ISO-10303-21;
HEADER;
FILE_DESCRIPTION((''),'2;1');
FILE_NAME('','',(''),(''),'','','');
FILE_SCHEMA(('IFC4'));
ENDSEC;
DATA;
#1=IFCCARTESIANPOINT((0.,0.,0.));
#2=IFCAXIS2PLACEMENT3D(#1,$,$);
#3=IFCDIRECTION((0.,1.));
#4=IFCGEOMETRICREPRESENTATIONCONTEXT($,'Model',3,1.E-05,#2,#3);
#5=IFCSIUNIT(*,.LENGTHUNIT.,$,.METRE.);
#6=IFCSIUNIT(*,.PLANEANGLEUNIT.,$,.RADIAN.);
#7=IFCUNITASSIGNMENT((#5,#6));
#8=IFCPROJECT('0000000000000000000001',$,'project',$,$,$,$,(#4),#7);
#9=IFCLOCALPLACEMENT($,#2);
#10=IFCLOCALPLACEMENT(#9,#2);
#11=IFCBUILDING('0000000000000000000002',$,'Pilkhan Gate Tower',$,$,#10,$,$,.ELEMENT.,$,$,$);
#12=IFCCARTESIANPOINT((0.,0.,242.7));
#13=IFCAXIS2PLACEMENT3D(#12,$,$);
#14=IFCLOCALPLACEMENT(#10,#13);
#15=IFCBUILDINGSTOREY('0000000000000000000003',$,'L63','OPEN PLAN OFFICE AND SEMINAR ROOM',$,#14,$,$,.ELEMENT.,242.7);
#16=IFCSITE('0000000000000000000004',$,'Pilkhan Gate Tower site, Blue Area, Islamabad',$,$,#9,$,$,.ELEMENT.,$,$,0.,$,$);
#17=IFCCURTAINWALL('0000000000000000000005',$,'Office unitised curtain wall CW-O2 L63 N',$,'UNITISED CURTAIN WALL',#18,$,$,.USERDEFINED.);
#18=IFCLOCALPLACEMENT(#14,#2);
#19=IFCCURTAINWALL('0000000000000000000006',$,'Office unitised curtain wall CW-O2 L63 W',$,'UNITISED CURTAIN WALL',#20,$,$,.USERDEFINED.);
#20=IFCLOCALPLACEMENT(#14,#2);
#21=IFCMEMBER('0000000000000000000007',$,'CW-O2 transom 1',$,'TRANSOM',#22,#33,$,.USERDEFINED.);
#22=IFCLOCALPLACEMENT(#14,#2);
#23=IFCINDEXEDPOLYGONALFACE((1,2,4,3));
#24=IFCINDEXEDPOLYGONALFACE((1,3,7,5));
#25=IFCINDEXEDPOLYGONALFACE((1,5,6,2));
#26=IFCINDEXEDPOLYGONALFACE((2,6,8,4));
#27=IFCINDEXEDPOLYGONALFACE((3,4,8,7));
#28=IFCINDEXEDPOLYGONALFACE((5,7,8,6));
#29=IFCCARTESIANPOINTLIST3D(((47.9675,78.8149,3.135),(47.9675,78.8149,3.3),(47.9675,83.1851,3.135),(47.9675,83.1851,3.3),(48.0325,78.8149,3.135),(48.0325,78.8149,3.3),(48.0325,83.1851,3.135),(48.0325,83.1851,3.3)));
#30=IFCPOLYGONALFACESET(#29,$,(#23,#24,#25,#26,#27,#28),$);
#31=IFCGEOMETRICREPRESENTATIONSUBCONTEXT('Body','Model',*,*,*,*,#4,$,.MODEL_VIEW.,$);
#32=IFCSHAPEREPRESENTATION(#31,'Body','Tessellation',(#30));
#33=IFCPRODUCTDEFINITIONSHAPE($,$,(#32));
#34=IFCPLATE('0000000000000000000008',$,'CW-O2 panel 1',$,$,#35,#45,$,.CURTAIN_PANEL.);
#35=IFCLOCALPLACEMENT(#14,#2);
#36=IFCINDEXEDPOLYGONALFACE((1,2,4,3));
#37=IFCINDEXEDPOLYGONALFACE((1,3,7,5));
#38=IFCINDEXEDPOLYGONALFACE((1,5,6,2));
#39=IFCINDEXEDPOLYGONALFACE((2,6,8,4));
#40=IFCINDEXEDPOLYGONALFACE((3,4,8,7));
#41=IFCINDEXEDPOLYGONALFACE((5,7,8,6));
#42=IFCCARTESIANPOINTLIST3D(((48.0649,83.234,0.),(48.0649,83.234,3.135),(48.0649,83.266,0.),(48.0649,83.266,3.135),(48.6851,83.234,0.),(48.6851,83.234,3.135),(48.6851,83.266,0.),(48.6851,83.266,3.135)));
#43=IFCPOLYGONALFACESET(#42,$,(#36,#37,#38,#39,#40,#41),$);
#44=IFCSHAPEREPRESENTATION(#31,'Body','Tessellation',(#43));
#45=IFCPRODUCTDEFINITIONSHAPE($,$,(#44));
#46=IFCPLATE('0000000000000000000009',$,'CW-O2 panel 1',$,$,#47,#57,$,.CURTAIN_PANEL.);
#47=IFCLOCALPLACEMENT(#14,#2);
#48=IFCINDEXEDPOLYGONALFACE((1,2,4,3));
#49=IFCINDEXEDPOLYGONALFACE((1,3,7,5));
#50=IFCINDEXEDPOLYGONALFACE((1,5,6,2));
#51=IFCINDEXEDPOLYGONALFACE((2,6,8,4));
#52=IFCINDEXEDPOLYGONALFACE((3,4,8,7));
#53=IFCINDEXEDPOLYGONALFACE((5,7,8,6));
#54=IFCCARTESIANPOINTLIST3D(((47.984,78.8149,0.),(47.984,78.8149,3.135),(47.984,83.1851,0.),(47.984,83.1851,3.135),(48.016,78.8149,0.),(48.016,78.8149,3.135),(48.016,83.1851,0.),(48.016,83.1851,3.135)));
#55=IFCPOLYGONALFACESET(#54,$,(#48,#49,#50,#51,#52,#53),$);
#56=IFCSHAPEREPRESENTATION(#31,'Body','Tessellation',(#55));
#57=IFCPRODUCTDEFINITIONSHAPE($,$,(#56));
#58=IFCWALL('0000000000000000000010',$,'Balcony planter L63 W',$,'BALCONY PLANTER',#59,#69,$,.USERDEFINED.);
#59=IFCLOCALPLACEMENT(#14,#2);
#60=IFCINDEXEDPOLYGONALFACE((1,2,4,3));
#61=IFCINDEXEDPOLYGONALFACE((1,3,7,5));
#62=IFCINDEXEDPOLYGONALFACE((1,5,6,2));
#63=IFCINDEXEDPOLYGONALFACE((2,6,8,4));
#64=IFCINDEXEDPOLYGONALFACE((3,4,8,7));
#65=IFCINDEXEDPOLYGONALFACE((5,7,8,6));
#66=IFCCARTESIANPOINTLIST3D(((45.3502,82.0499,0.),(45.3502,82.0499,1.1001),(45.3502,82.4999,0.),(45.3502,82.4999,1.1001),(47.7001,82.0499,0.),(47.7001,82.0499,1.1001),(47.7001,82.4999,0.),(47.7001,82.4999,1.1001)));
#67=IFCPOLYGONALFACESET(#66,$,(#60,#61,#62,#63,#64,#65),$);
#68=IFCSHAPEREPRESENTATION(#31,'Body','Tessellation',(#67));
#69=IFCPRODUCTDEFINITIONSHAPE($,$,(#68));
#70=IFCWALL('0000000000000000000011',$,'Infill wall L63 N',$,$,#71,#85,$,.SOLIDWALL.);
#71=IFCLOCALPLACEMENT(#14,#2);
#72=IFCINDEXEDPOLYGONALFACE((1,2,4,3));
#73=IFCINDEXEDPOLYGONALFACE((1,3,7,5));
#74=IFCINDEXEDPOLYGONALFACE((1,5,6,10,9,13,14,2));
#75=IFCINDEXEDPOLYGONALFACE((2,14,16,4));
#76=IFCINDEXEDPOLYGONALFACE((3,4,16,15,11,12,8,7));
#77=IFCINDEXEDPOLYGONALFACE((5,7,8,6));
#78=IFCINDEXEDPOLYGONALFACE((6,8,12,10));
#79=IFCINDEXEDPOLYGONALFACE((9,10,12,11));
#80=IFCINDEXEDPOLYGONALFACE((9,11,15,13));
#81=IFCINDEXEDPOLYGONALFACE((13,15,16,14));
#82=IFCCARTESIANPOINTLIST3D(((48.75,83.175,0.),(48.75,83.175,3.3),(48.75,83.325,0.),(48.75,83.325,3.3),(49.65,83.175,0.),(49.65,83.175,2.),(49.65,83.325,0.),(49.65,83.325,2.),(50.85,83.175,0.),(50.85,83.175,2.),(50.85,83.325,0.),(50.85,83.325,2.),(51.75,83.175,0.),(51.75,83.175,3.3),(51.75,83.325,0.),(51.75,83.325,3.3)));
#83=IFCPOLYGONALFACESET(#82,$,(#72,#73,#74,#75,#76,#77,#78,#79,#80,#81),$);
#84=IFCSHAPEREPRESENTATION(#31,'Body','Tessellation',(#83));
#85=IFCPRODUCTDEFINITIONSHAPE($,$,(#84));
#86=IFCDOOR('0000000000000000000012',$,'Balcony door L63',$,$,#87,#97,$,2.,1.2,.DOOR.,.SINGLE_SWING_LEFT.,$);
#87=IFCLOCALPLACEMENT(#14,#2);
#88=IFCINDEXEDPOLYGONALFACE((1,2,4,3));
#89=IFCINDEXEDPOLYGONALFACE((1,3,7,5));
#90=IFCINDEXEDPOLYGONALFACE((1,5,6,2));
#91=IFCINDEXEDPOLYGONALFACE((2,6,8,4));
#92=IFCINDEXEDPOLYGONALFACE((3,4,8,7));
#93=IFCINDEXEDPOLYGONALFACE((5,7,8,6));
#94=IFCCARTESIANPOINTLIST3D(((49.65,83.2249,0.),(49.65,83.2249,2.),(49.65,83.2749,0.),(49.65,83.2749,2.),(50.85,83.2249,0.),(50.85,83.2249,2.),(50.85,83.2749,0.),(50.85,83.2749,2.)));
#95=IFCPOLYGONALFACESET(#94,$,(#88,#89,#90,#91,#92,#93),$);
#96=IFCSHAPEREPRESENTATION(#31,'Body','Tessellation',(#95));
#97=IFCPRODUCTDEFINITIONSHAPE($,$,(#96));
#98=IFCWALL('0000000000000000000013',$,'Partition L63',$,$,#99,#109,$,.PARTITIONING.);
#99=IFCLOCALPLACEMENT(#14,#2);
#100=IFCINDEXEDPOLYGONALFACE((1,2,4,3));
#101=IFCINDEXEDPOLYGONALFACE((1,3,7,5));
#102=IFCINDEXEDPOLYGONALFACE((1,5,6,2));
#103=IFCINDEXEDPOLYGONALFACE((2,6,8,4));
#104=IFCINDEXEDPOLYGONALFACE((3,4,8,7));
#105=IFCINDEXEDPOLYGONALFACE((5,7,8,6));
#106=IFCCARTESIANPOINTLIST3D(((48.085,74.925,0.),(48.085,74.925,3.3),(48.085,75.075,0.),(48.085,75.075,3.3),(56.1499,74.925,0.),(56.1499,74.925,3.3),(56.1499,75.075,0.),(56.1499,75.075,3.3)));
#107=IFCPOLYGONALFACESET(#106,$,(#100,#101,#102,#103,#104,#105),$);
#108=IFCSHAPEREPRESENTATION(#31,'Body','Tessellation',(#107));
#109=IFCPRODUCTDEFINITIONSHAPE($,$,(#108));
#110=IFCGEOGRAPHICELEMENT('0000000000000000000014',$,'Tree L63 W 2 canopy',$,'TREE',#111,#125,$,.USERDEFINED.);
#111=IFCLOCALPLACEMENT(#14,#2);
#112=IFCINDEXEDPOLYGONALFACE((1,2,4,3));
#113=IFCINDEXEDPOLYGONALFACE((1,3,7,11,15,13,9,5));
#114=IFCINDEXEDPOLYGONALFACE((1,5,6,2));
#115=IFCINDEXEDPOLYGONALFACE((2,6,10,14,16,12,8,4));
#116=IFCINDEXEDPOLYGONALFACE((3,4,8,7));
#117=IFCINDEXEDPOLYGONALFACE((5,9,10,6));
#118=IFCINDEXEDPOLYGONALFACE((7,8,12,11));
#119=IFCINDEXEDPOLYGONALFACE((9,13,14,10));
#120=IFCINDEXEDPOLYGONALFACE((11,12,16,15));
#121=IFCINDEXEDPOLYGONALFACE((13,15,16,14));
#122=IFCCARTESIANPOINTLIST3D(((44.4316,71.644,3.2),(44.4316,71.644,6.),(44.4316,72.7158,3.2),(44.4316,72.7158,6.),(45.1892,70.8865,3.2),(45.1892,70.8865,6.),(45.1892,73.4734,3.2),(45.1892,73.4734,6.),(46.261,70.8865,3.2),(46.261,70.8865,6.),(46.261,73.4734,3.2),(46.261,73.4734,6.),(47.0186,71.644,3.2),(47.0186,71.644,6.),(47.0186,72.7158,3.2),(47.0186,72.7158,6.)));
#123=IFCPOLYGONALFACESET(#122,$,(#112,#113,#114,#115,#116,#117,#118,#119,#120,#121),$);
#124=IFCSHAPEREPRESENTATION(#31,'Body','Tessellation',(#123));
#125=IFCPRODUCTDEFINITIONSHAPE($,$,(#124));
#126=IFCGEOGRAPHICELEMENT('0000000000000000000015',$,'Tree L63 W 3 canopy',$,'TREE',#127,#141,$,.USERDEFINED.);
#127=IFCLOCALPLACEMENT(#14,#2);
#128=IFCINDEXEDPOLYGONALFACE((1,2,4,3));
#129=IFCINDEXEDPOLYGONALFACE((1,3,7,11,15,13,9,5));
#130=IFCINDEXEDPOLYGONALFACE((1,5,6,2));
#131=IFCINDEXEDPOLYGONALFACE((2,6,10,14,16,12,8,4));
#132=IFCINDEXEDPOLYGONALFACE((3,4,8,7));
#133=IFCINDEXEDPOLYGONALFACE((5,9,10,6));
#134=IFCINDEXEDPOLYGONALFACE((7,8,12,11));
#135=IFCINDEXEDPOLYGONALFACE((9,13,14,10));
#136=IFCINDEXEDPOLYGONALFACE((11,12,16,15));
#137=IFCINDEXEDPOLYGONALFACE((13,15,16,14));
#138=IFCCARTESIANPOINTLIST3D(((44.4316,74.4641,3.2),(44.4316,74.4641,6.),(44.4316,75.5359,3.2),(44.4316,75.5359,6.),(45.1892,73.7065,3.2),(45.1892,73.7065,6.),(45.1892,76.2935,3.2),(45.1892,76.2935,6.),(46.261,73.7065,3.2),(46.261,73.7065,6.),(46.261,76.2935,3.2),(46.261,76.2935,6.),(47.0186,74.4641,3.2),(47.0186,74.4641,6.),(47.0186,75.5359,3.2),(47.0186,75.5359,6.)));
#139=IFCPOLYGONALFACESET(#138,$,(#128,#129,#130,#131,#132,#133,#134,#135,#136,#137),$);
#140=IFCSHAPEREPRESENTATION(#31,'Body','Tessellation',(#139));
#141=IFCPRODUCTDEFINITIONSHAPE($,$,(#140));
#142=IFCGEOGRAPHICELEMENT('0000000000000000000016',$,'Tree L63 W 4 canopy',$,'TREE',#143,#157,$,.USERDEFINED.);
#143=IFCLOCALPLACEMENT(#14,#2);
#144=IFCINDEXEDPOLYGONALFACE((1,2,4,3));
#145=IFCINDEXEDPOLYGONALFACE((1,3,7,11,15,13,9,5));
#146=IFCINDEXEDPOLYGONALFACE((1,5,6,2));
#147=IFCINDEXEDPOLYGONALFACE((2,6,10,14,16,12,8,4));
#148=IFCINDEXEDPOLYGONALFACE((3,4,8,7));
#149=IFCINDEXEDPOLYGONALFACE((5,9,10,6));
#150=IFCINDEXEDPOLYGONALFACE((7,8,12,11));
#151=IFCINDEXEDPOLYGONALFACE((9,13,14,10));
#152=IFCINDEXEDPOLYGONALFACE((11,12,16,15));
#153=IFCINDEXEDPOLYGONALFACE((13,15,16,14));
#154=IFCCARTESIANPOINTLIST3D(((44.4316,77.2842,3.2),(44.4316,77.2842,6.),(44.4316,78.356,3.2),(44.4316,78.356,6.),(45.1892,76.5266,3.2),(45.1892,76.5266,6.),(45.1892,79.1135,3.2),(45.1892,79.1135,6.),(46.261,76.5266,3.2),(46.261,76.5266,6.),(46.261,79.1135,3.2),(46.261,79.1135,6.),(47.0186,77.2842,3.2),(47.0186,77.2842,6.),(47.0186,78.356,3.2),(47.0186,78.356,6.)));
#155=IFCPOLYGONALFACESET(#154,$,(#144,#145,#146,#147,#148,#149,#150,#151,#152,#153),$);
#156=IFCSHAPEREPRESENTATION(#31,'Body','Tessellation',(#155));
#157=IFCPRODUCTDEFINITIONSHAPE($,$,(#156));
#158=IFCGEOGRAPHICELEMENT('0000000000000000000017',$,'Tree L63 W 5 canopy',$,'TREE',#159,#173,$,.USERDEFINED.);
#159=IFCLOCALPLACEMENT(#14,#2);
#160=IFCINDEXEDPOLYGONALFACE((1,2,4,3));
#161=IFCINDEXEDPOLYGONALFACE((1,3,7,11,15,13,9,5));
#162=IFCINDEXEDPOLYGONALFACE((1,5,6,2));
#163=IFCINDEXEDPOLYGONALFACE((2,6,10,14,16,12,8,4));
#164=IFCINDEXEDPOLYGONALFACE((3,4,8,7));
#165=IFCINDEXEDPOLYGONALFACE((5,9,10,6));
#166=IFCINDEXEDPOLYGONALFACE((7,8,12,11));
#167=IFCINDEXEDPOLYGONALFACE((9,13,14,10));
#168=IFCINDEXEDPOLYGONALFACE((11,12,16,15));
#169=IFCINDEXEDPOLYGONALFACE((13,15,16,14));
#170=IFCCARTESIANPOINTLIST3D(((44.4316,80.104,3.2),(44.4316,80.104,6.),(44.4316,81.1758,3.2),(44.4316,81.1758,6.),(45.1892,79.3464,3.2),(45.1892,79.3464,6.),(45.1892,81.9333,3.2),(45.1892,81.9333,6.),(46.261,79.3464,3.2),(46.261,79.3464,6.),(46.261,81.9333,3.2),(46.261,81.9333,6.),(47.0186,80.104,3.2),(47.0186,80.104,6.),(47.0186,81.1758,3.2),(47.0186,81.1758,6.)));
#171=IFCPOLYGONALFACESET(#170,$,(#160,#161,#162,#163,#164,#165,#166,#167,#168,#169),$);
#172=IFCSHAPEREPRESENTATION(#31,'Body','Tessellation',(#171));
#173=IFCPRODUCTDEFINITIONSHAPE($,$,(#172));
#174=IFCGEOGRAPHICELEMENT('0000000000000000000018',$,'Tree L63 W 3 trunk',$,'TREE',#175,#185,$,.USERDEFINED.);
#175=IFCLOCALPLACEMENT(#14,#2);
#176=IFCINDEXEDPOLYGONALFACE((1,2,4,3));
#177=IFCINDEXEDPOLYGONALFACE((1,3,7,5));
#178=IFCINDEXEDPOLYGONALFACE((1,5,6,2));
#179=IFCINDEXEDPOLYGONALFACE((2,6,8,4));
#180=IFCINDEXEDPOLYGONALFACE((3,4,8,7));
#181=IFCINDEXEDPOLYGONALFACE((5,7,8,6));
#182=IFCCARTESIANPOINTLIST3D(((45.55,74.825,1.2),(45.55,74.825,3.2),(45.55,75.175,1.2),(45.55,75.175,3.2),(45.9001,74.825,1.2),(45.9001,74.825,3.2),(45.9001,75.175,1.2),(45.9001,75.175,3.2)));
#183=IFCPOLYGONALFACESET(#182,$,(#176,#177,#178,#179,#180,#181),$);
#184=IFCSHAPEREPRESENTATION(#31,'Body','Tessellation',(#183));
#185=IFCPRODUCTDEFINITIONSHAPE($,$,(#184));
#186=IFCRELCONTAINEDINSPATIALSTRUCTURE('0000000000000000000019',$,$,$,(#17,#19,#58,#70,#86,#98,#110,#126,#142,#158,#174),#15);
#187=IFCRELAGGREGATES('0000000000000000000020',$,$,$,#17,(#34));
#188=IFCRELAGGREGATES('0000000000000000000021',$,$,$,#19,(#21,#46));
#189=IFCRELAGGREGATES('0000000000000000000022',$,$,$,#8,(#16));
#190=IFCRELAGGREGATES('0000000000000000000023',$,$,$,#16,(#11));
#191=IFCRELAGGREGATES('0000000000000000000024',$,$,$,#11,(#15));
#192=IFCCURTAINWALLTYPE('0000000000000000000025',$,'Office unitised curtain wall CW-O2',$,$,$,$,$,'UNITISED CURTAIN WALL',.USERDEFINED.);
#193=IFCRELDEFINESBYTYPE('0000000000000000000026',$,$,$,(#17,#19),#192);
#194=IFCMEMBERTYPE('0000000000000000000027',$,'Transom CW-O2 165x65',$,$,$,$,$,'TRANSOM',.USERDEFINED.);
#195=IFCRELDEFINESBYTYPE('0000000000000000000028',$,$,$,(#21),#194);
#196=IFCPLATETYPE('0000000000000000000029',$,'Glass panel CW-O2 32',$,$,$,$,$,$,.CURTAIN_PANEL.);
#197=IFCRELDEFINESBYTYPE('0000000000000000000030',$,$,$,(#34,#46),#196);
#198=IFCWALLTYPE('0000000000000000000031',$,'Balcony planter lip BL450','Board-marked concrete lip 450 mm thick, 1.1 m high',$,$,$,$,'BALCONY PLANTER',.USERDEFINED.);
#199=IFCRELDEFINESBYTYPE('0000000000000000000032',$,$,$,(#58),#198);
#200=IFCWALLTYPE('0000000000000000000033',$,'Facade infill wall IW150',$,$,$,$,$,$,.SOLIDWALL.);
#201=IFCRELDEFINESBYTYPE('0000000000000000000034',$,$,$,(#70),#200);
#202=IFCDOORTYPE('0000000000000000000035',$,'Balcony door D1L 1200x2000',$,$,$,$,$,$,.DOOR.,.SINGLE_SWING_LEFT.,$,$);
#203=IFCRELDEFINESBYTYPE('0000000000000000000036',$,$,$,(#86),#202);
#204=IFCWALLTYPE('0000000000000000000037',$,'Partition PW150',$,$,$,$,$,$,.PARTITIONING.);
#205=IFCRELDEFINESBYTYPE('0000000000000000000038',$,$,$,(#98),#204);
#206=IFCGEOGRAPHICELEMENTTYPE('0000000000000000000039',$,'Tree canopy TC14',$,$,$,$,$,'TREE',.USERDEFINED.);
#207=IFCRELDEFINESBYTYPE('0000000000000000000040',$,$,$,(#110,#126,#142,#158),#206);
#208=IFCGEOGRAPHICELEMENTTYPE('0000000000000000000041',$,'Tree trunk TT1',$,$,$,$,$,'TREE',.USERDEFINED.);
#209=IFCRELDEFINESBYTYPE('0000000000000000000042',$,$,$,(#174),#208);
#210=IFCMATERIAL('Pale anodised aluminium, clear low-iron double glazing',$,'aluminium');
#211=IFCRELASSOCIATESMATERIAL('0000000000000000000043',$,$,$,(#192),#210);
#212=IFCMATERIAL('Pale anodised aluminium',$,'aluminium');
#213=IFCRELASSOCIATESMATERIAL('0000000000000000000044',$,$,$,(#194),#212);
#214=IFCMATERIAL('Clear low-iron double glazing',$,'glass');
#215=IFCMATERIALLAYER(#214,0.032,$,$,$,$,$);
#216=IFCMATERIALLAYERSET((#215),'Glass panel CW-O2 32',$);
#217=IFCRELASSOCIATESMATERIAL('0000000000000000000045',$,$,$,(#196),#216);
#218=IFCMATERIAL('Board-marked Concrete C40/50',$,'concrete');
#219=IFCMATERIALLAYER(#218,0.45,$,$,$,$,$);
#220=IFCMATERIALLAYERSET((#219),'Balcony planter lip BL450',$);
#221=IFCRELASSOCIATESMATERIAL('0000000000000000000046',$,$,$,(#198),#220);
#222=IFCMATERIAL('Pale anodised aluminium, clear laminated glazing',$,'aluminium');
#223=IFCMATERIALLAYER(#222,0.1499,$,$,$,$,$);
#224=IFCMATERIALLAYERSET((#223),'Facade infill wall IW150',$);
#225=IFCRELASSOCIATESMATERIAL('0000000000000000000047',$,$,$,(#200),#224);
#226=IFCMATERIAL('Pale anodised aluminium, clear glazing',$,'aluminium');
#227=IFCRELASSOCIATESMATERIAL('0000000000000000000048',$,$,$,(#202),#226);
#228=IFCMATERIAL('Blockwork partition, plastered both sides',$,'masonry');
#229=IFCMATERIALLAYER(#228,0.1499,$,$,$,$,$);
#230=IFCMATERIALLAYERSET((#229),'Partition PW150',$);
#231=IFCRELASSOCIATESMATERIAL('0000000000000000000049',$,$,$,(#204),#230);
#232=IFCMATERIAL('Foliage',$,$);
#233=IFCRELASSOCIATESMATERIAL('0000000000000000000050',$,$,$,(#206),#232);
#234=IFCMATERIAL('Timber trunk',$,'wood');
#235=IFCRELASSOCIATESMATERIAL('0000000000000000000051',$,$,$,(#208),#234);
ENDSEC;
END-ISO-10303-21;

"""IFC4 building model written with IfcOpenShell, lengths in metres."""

from ifc_helpers import new_model, si_unit, direction, frame, frame_2d, origin, origin_2d, place, context, subcontext, project, spatial, polyline, rectangle, outline, extrude, material, layer, layer_set, material_profile, profile_set, type_object, element, fill, aggregate, save


model = new_model("IFC4")

# Units and contexts
model_context = context("Model", 3, precision=1e-05, world=origin(), true_north=direction((0.0, 1.0)))
body_context = subcontext(model_context, "Body", "Model", "MODEL_VIEW")
ifc_project = project(units=[si_unit("LENGTHUNIT", "METRE"), si_unit("PLANEANGLEUNIT", "RADIAN")], contexts=[model_context])

# Site, building, storey
site_placement = place(None, origin())
site = spatial("IfcSite", under=ifc_project, at=site_placement, Name="Pilkhan Gate Tower site, Blue Area, Islamabad", CompositionType="ELEMENT", RefElevation=0.0)
building_placement = place(site_placement, origin())
building = spatial("IfcBuilding", under=site, at=building_placement, Name="Pilkhan Gate Tower", CompositionType="ELEMENT")
storey_placement = place(building_placement, frame((0.0, 0.0, 242.7)))
storey = spatial("IfcBuildingStorey", under=building, at=storey_placement, Name="L63", Description="OPEN PLAN OFFICE AND SEMINAR ROOM", CompositionType="ELEMENT", Elevation=242.7)

# Shared definitions
ifc_material_1 = material(Name="Pale anodised aluminium, clear low-iron double glazing", Category="aluminium")
curtain_wall_type = type_object("IfcCurtainWallType", Name="Office unitised curtain wall CW-O2", ElementType="UNITISED CURTAIN WALL", PredefinedType="USERDEFINED", material=ifc_material_1)
ifc_material_2 = material(Name="Pale anodised aluminium", Category="aluminium")

# Curtain walls
curtain_wall_1_placement = place(storey_placement, origin())
curtain_wall_1 = element("IfcCurtainWall", 1, at=curtain_wall_1_placement, inside=storey, type_object=curtain_wall_type, Name="Office unitised curtain wall CW-O2 L63 N", ObjectType="UNITISED CURTAIN WALL", PredefinedType="USERDEFINED")
curtain_wall_2_placement = place(storey_placement, origin())
curtain_wall_2 = element("IfcCurtainWall", 2, at=curtain_wall_2_placement, inside=storey, type_object=curtain_wall_type, Name="Office unitised curtain wall CW-O2 L63 W", ObjectType="UNITISED CURTAIN WALL", PredefinedType="USERDEFINED")

# Member
ifc_material_profile_1 = material_profile(ifc_material_2, rectangle(XDim=0.0649, YDim=0.165, at=origin_2d()), Name="Transom 165x65")
ifc_profile_set_1 = profile_set([ifc_material_profile_1], Name="Pale anodised aluminium")
member_type_1 = type_object("IfcMemberType", Name="Transom CW-O2 165x65", ElementType="TRANSOM", PredefinedType="USERDEFINED", material=ifc_profile_set_1)
member_1_placement = place(storey_placement, frame((48.0, 78.8149, 3.2175), z_axis=(0.0, 1.0, 0.0), x_axis=(-1.0, 0.0, 0.0)))
member_1 = element("IfcMember", 3, at=member_1_placement, type_object=member_type_1, Name="CW-O2 transom 1", ObjectType="TRANSOM", PredefinedType="USERDEFINED", context=body_context, shape_type="SweptSolid", body=[
    extrude(rectangle(XDim=0.0649, YDim=0.165, at=origin_2d()), origin(), (0.0, 0.0, 1.0), 4.3701),
])

# Plates
ifc_material_3 = material(Name="Clear low-iron double glazing", Category="glass")
ifc_layer_1 = layer(ifc_material_3, 0.032)
ifc_layer_set_1 = layer_set([ifc_layer_1], Name="Glass panel CW-O2 32")
plate_type = type_object("IfcPlateType", Name="Glass panel CW-O2 32", PredefinedType="CURTAIN_PANEL", material=ifc_layer_set_1)
plate_1_placement = place(storey_placement, frame((48.375, 83.25, 0.0), z_axis=(0.0, 0.0, 1.0), x_axis=(1.0, 0.0, 0.0)))
plate_1 = element("IfcPlate", 4, at=plate_1_placement, type_object=plate_type, Name="CW-O2 panel 1", PredefinedType="CURTAIN_PANEL", context=body_context, shape_type="SweptSolid", body=[
    extrude(rectangle(XDim=0.6201, YDim=0.032, at=origin_2d()), origin(), (0.0, 0.0, 1.0), 3.135),
])
aggregate(curtain_wall_1, [plate_1])
plate_2_placement = place(storey_placement, frame((48.0, 81.0, 0.0), z_axis=(0.0, 0.0, 1.0), x_axis=(0.0, 1.0, 0.0)))
plate_2 = element("IfcPlate", 5, at=plate_2_placement, type_object=plate_type, Name="CW-O2 panel 1", PredefinedType="CURTAIN_PANEL", context=body_context, shape_type="SweptSolid", body=[
    extrude(rectangle(XDim=4.3701, YDim=0.032, at=origin_2d()), origin(), (0.0, 0.0, 1.0), 3.135),
])
aggregate(curtain_wall_2, [member_1, plate_2])

# Wall
ifc_material_4 = material(Name="Board-marked Concrete C40/50", Category="concrete")
ifc_layer_2 = layer(ifc_material_4, 0.45)
ifc_layer_set_2 = layer_set([ifc_layer_2], Name="Balcony planter lip BL450")
wall_type_1 = type_object("IfcWallType", Name="Balcony planter lip BL450", Description="Board-marked concrete lip 450 mm thick, 1.1 m high", ElementType="BALCONY PLANTER", PredefinedType="USERDEFINED", material=ifc_layer_set_2)
wall_1_placement = place(storey_placement, frame((47.7, 82.2749, 0.0), z_axis=(0.0, 0.0, 1.0), x_axis=(-1.0, 0.0, 0.0)))
element("IfcWall", 6, at=wall_1_placement, inside=storey, type_object=wall_type_1, Name="Balcony planter L63 W", ObjectType="BALCONY PLANTER", PredefinedType="USERDEFINED", context=body_context, shape_type="SweptSolid", body=[
    extrude(rectangle(XDim=2.3499, YDim=0.45, at=frame_2d((1.1748, 0.0))), origin(), (0.0, 0.0, 1.0), 1.1001),
])

# Wall, opening, door
ifc_material_5 = material(Name="Pale anodised aluminium, clear laminated glazing", Category="aluminium")
ifc_layer_3 = layer(ifc_material_5, 0.1499)
ifc_layer_set_3 = layer_set([ifc_layer_3], Name="Facade infill wall IW150")
wall_type_2 = type_object("IfcWallType", Name="Facade infill wall IW150", PredefinedType="SOLIDWALL", material=ifc_layer_set_3)
wall_2_placement = place(storey_placement, frame((48.75, 83.25, 0.0), z_axis=(0.0, 0.0, 1.0), x_axis=(1.0, 0.0, 0.0)))
wall_2 = element("IfcWall", 7, at=wall_2_placement, inside=storey, type_object=wall_type_2, Name="Infill wall L63 N", PredefinedType="SOLIDWALL", context=body_context, shape_type="SweptSolid", body=[
    extrude(rectangle(XDim=3.0, YDim=0.1499, at=frame_2d((1.5, 0.0))), origin(), (0.0, 0.0, 1.0), 3.3),
])
opening_1_placement = place(wall_2_placement, frame((0.8999, 0.0, 0.0)))
opening_1 = element("IfcOpeningElement", 8, at=opening_1_placement, cuts=wall_2, PredefinedType="OPENING", context=body_context, shape_type="SweptSolid", body=[
    extrude(rectangle(XDim=1.2, YDim=2.0, at=frame_2d((0.6001, 1.0))), frame((0.0, 0.085, 0.0), z_axis=(0.0, -1.0, 0.0), x_axis=(1.0, 0.0, 0.0)), (0.0, 0.0, 1.0), 0.1699),
])
ifc_material_6 = material(Name="Pale anodised aluminium, clear glazing", Category="aluminium")
door_type_1 = type_object("IfcDoorType", Name="Balcony door D1L 1200x2000", OperationType="SINGLE_SWING_LEFT", PredefinedType="DOOR", material=ifc_material_6)
door_1_placement = place(opening_1_placement, origin())
door_1 = element("IfcDoor", 9, at=door_1_placement, inside=storey, type_object=door_type_1, Name="Balcony door L63", OperationType="SINGLE_SWING_LEFT", OverallHeight=2.0, OverallWidth=1.2, PredefinedType="DOOR", context=body_context, shape_type="SweptSolid", body=[
    extrude(rectangle(XDim=1.2, YDim=2.0, at=frame_2d((0.6001, 1.0))), frame((0.0, 0.0249, 0.0), z_axis=(0.0, -1.0, 0.0), x_axis=(1.0, 0.0, 0.0)), (0.0, 0.0, 1.0), 0.05),
])
fill(opening_1, door_1)

# Wall
ifc_material_7 = material(Name="Blockwork partition, plastered both sides", Category="masonry")
ifc_layer_4 = layer(ifc_material_7, 0.1499)
ifc_layer_set_4 = layer_set([ifc_layer_4], Name="Partition PW150")
wall_type_3 = type_object("IfcWallType", Name="Partition PW150", PredefinedType="PARTITIONING", material=ifc_layer_set_4)
wall_3_placement = place(storey_placement, frame((48.085, 75.0, 0.0), z_axis=(0.0, 0.0, 1.0), x_axis=(1.0, 0.0, 0.0)))
element("IfcWall", 10, at=wall_3_placement, inside=storey, type_object=wall_type_3, Name="Partition L63", PredefinedType="PARTITIONING", context=body_context, shape_type="SweptSolid", body=[
    extrude(rectangle(XDim=8.0649, YDim=0.1499, at=frame_2d((4.0325, 0.0))), origin(), (0.0, 0.0, 1.0), 3.3),
])

# Geographic elements
ifc_material_8 = material(Name="Foliage")
ifc_material_profile_2 = material_profile(ifc_material_8, outline(polyline([(1.2935, 0.5359), (0.5359, 1.2935), (-0.5359, 1.2935), (-1.2935, 0.5359), (-1.2935, -0.5359), (-0.5359, -1.2935), (0.5359, -1.2935), (1.2935, -0.5359), (1.2935, 0.5359)])), Name="Canopy D2.8")
ifc_profile_set_2 = profile_set([ifc_material_profile_2], Name="Foliage")
geographic_element_type_1 = type_object("IfcGeographicElementType", Name="Tree canopy TC14", ElementType="TREE", PredefinedType="USERDEFINED", material=ifc_profile_set_2)
for number, where, z_axis, x_axis, name in (
    (11, (45.7251, 72.1799, 3.2), (0.0, 0.0, 1.0), (1.0, 0.0, 0.0), "Tree L63 W 2 canopy"),
    (12, (45.7251, 75.0, 3.2), (0.0, 0.0, 1.0), (1.0, 0.0, 0.0), "Tree L63 W 3 canopy"),
    (13, (45.7251, 77.8201, 3.2), (0.0, 0.0, 1.0), (1.0, 0.0, 0.0), "Tree L63 W 4 canopy"),
    (14, (45.7251, 80.6399, 3.2), (0.0, 0.0, 1.0), (1.0, 0.0, 0.0), "Tree L63 W 5 canopy"),
):
    element("IfcGeographicElement", number, at=place(storey_placement, frame(where, z_axis=z_axis, x_axis=x_axis)), inside=storey, type_object=geographic_element_type_1, Name=name, ObjectType="TREE", PredefinedType="USERDEFINED", context=body_context, shape_type="SweptSolid", body=[
        extrude(outline(polyline([(1.2935, 0.5359), (0.5359, 1.2935), (-0.5359, 1.2935), (-1.2935, 0.5359), (-1.2935, -0.5359), (-0.5359, -1.2935), (0.5359, -1.2935), (1.2935, -0.5359), (1.2935, 0.5359)])), origin(), (0.0, 0.0, 1.0), 2.8),
    ])
ifc_material_9 = material(Name="Timber trunk", Category="wood")
geographic_element_type_2 = type_object("IfcGeographicElementType", Name="Tree trunk TT1", ElementType="TREE", PredefinedType="USERDEFINED", material=ifc_material_9)
for number, where, z_axis, x_axis, name in (
    (15, (45.7251, 75.0, 1.2), (0.0, 0.0, 1.0), (1.0, 0.0, 0.0), "Tree L63 W 3 trunk"),
):
    element("IfcGeographicElement", number, at=place(storey_placement, frame(where, z_axis=z_axis, x_axis=x_axis)), inside=storey, type_object=geographic_element_type_2, Name=name, ObjectType="TREE", PredefinedType="USERDEFINED", context=body_context, shape_type="SweptSolid", body=[
        extrude(rectangle(XDim=0.3501, YDim=0.3501, at=origin_2d()), origin(), (0.0, 0.0, 1.0), 2.0),
    ])

save(model, "model.ifc")
